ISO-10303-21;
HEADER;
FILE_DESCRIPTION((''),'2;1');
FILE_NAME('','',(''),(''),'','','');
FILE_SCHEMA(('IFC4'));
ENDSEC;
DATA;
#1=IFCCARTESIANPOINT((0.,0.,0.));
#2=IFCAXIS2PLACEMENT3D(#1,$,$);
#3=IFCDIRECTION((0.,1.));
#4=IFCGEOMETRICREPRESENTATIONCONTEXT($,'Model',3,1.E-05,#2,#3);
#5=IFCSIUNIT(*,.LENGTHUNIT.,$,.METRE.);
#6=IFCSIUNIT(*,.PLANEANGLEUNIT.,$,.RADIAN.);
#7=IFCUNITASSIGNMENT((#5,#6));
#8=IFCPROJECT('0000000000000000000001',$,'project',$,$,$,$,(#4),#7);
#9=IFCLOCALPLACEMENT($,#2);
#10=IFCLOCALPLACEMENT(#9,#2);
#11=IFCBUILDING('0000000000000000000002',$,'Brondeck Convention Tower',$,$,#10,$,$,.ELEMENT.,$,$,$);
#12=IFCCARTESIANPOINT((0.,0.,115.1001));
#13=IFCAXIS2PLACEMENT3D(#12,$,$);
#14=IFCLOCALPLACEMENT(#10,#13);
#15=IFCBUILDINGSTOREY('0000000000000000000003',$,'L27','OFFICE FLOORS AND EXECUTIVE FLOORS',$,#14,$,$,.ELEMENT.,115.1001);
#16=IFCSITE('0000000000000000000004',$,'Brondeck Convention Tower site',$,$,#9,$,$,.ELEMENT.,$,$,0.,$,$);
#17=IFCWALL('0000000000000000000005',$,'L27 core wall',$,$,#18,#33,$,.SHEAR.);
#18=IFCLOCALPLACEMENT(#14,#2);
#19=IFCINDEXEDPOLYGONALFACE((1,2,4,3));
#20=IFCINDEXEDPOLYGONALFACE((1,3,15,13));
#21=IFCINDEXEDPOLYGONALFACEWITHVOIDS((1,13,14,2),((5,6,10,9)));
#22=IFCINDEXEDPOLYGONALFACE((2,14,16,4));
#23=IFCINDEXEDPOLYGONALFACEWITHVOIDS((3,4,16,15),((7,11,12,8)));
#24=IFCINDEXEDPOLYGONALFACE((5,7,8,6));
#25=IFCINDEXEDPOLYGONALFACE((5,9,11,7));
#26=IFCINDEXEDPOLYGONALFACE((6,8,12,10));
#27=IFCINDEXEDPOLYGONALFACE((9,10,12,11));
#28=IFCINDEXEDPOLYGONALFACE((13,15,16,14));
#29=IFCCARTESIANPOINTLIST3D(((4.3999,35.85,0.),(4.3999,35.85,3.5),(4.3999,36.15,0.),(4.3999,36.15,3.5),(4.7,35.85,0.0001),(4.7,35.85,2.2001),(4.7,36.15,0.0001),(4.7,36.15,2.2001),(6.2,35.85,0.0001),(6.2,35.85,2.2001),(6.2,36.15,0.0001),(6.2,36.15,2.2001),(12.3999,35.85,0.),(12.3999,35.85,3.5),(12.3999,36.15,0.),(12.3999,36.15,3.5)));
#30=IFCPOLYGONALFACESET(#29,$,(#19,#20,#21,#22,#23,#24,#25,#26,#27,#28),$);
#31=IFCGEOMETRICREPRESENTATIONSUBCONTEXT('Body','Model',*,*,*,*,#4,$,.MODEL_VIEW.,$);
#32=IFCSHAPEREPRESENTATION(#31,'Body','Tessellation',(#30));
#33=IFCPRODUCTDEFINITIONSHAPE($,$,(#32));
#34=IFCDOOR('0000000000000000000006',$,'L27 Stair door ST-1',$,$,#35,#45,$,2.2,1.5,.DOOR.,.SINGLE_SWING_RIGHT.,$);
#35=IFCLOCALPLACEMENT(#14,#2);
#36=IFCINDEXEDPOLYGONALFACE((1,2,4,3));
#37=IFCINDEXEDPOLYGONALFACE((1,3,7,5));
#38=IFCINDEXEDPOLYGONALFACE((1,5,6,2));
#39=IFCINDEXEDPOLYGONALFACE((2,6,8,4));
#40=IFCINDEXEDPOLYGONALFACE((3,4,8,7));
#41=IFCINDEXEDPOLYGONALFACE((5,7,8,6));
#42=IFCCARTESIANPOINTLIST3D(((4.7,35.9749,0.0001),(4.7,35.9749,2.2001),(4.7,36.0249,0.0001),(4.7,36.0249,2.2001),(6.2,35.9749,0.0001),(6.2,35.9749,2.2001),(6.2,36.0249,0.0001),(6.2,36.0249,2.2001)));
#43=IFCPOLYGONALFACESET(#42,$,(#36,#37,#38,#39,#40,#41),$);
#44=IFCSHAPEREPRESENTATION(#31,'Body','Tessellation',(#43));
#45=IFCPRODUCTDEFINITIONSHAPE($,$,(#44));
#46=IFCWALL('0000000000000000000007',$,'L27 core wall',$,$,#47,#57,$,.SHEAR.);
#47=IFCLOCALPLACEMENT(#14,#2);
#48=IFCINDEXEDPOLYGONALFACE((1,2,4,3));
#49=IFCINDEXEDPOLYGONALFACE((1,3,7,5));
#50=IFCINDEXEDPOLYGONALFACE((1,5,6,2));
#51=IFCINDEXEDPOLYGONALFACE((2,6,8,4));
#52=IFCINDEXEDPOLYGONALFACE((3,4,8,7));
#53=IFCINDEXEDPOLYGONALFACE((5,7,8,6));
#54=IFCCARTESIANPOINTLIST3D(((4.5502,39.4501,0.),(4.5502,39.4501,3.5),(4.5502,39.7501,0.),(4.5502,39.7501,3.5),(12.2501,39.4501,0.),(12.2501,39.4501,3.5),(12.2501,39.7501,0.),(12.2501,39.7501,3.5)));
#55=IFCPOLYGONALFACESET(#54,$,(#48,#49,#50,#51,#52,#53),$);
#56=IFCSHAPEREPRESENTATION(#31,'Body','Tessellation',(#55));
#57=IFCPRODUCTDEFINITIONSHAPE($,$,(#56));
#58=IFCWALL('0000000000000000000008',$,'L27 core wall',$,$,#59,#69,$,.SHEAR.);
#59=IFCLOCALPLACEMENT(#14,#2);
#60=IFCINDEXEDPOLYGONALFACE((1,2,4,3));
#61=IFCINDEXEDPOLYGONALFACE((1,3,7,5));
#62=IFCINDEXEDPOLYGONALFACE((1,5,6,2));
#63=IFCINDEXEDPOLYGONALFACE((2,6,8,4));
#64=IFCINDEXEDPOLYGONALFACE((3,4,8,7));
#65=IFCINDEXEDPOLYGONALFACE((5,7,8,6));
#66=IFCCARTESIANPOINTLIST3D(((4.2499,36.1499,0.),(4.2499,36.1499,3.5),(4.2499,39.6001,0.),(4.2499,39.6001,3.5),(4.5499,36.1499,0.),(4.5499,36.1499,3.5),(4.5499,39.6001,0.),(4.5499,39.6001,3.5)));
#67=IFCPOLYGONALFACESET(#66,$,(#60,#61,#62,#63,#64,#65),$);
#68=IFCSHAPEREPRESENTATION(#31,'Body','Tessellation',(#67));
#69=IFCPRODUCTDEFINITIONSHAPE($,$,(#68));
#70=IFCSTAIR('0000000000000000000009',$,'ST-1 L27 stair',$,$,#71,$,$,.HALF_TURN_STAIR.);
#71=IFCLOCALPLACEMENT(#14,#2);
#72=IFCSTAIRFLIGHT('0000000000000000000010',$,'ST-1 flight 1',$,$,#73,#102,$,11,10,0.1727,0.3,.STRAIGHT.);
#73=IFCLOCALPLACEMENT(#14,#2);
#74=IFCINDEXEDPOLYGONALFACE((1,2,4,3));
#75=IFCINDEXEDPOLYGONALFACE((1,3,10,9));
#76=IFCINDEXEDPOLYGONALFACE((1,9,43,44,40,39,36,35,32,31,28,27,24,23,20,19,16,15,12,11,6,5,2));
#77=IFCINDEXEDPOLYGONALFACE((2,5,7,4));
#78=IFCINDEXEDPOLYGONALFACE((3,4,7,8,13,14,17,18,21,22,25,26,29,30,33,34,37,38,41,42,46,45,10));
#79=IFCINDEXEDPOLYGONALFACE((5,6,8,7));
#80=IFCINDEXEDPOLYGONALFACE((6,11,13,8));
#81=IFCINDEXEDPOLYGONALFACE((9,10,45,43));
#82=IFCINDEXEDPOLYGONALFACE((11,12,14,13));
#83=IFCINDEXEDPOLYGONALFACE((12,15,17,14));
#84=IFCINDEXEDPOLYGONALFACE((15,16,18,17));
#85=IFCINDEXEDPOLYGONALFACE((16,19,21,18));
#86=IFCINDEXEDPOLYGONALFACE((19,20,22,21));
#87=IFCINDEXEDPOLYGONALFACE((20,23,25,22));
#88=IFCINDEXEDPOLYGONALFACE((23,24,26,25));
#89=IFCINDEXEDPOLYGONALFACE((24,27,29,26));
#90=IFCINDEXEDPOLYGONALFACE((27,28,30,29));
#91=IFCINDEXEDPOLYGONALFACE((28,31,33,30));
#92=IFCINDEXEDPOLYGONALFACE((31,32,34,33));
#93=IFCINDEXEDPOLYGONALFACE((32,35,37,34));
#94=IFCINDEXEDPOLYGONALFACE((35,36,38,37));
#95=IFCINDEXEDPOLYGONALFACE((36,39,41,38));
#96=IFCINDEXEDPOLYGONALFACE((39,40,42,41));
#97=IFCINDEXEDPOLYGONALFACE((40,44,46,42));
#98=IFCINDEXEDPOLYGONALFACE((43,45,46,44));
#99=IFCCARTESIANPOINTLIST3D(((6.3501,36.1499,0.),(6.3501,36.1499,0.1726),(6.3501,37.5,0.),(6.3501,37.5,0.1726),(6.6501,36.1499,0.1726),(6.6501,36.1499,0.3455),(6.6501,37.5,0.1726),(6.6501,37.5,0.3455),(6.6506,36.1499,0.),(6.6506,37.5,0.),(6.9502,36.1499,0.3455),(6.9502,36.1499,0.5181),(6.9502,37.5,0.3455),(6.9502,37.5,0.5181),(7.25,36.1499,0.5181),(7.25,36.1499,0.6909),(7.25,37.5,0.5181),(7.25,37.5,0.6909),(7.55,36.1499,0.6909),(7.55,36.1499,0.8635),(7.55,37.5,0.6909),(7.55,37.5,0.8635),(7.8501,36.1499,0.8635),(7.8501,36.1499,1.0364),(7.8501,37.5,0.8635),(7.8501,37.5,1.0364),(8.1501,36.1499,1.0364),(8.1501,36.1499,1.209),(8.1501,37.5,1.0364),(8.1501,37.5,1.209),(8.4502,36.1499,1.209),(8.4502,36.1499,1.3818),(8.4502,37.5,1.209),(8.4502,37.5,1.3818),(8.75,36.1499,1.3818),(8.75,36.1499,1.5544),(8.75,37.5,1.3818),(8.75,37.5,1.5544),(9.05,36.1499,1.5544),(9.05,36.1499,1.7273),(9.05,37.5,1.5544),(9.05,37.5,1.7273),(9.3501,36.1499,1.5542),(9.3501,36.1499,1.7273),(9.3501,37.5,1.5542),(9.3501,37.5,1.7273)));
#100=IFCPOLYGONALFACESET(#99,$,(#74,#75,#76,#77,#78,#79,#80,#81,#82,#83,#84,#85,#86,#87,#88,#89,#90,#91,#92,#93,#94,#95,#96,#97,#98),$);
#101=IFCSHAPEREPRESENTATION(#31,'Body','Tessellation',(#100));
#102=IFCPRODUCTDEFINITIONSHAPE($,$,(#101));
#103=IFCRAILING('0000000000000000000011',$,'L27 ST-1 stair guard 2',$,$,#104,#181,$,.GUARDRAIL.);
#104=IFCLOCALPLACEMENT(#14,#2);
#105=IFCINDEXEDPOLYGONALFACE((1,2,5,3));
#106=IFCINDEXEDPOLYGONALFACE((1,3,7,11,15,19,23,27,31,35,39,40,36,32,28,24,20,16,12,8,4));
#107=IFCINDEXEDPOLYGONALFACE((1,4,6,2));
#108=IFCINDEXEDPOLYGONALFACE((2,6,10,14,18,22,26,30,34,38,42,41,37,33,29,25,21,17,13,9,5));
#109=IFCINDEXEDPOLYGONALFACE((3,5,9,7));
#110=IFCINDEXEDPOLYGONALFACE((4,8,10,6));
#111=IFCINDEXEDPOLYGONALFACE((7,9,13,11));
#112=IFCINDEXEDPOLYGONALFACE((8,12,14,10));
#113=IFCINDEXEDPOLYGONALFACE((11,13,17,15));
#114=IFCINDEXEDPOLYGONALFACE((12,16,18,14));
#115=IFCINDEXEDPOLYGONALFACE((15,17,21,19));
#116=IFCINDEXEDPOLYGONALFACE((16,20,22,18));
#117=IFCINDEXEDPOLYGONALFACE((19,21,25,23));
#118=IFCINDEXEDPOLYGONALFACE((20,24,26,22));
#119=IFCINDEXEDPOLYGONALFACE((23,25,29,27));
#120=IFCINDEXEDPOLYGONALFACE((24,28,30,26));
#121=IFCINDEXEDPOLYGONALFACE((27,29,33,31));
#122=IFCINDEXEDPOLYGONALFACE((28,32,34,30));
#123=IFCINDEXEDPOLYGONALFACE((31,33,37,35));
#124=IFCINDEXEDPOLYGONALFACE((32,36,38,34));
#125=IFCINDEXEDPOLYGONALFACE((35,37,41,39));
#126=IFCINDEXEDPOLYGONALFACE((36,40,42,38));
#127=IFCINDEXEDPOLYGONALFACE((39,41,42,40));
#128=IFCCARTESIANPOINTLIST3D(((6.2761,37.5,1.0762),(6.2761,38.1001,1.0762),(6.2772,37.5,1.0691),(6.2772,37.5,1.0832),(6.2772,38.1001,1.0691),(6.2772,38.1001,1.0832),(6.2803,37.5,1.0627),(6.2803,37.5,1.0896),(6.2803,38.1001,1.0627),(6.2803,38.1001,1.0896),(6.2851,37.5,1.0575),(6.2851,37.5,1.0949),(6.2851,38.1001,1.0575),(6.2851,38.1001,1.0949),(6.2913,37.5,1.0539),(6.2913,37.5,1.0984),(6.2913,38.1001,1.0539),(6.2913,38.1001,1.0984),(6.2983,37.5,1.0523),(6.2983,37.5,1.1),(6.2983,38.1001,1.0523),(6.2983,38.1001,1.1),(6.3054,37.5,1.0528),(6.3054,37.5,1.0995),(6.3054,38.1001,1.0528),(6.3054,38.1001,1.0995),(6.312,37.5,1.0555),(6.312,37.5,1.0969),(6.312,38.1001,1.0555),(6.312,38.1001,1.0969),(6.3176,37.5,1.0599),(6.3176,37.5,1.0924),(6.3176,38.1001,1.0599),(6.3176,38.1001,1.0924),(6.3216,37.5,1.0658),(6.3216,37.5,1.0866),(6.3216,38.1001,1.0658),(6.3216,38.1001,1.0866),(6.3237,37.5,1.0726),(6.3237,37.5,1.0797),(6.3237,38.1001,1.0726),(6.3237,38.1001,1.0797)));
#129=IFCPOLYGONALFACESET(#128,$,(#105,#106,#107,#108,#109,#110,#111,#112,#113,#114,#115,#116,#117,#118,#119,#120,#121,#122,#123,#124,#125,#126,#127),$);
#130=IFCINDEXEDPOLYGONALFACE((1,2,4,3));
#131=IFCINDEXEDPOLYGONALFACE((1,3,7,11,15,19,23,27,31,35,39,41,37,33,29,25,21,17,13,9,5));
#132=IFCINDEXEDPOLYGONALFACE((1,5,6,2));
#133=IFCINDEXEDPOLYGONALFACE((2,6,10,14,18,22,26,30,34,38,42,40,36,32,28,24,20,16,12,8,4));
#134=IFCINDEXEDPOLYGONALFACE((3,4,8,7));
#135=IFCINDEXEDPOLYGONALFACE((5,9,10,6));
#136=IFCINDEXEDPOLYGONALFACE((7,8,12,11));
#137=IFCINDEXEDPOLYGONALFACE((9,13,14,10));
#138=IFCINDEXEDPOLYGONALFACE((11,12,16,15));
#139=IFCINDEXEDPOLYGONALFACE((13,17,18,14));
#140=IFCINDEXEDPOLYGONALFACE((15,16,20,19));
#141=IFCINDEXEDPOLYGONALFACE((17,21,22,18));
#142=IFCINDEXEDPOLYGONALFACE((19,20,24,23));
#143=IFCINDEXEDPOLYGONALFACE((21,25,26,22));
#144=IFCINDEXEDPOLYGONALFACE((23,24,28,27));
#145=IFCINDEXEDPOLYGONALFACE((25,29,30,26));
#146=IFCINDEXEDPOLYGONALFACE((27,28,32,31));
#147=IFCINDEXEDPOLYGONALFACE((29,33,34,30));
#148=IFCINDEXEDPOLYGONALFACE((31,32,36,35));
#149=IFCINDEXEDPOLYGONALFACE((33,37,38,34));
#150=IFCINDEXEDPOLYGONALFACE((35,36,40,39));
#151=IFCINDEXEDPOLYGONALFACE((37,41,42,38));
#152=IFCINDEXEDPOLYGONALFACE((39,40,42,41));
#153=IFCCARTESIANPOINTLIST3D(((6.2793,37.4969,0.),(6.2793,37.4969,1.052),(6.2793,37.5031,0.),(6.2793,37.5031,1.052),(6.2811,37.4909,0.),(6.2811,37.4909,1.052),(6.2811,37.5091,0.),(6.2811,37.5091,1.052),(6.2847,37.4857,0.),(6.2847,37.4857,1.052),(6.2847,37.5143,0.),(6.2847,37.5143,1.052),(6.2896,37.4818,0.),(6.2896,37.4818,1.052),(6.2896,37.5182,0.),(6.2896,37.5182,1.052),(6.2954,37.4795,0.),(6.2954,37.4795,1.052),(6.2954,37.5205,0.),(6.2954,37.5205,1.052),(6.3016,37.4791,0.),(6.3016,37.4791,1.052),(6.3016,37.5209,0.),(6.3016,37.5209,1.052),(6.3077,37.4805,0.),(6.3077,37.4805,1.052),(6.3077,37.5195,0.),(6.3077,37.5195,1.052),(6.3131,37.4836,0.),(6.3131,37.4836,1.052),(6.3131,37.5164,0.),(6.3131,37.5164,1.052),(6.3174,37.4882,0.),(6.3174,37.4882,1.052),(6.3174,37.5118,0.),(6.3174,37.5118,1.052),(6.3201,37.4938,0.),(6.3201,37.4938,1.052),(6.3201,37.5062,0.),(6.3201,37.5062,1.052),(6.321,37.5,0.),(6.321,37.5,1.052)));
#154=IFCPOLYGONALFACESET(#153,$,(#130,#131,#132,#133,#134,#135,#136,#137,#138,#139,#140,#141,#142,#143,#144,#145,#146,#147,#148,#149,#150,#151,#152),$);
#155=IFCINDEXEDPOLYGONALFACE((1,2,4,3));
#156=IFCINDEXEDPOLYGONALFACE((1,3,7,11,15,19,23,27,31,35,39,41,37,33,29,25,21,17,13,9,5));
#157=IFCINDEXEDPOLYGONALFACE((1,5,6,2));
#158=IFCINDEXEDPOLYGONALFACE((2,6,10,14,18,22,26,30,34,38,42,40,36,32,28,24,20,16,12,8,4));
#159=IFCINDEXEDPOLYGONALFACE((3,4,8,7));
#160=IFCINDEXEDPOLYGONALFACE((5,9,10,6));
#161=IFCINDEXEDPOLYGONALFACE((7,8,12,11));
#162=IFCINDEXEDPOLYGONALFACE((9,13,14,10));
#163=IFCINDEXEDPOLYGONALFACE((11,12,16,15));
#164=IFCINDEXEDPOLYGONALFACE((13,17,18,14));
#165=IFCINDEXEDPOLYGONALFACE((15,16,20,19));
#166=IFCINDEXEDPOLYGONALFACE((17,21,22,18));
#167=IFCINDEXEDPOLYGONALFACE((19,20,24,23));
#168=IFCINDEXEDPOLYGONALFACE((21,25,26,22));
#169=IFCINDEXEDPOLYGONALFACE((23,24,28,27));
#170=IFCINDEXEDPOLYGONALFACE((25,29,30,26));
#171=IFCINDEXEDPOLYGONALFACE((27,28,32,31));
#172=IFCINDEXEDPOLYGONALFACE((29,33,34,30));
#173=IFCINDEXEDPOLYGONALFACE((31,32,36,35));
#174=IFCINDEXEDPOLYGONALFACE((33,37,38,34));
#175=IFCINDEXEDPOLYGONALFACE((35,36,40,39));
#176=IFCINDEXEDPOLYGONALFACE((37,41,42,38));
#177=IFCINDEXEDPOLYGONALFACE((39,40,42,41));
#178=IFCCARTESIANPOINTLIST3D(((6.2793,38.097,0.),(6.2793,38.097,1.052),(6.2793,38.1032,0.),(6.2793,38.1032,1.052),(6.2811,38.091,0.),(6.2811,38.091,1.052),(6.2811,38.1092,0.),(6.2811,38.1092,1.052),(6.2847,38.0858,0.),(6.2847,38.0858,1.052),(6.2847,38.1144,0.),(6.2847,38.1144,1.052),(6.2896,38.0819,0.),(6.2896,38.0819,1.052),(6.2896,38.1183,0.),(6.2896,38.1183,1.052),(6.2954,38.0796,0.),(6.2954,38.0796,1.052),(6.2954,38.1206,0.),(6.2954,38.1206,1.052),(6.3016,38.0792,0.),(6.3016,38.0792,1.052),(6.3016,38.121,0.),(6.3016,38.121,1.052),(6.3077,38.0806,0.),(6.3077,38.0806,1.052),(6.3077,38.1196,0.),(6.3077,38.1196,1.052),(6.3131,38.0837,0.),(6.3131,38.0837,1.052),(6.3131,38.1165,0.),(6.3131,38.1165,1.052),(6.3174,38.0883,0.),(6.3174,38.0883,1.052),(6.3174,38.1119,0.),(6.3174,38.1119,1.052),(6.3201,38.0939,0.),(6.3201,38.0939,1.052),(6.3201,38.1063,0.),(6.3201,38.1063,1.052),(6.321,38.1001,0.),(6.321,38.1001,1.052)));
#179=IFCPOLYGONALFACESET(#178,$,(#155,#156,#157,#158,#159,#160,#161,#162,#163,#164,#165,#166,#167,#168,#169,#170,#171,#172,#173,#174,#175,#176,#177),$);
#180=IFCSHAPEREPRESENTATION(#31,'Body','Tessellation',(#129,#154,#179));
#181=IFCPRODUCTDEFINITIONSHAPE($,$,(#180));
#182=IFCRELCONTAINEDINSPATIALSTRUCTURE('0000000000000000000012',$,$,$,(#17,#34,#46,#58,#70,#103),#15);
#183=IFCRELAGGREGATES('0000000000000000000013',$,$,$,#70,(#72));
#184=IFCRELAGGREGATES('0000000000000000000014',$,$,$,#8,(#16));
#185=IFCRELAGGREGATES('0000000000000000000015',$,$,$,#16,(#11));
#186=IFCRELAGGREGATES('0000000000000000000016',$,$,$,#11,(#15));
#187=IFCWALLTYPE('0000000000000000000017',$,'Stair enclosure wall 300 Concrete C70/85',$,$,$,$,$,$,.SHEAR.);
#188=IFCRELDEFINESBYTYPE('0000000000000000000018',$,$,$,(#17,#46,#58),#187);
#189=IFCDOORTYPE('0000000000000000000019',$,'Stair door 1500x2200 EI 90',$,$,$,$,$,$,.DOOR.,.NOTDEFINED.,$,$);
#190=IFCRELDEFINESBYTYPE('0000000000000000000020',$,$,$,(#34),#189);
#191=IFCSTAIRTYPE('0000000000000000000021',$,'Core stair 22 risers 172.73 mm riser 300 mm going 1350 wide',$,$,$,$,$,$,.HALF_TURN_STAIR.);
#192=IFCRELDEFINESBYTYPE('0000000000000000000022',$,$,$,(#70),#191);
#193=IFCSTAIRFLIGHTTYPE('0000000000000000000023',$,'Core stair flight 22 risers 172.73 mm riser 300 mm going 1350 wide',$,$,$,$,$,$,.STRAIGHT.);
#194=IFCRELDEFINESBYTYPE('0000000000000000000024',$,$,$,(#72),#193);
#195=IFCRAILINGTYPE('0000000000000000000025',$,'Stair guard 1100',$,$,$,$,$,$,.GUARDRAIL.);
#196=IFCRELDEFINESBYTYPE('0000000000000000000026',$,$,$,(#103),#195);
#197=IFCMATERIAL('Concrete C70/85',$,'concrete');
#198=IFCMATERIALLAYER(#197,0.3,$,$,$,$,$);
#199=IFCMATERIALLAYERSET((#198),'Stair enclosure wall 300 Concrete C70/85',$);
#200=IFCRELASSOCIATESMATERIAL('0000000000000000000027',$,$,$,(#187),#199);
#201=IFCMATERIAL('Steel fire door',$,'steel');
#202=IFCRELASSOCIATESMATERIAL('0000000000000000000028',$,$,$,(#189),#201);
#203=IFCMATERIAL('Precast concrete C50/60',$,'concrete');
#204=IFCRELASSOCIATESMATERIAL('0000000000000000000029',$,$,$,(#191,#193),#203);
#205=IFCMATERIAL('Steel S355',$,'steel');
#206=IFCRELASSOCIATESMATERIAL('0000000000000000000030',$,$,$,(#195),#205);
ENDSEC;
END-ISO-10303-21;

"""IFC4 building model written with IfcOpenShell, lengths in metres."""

from ifc_helpers import new_model, si_unit, direction, frame, frame_2d, origin, origin_2d, place, context, subcontext, project, spatial, polyline, rectangle, circle, outline, extrude, material, layer, layer_set, type_object, element, fill, aggregate, save


model = new_model("IFC4")

# Units and contexts
model_context = context("Model", 3, precision=1e-05, world=origin(), true_north=direction((0.0, 1.0)))
body_context = subcontext(model_context, "Body", "Model", "MODEL_VIEW")
ifc_project = project(units=[si_unit("LENGTHUNIT", "METRE"), si_unit("PLANEANGLEUNIT", "RADIAN")], contexts=[model_context])

# Site, building, storey
site_placement = place(None, origin())
site = spatial("IfcSite", under=ifc_project, at=site_placement, Name="Brondeck Convention Tower site", CompositionType="ELEMENT", RefElevation=0.0)
building_placement = place(site_placement, origin())
building = spatial("IfcBuilding", under=site, at=building_placement, Name="Brondeck Convention Tower", CompositionType="ELEMENT")
storey_placement = place(building_placement, frame((0.0, 0.0, 115.1001)))
storey = spatial("IfcBuildingStorey", under=building, at=storey_placement, Name="L27", Description="OFFICE FLOORS AND EXECUTIVE FLOORS", CompositionType="ELEMENT", Elevation=115.1001)

# Shared definitions
ifc_material_1 = material(Name="Concrete C70/85", Category="concrete")

# Shared definitions
ifc_material_2 = material(Name="Steel fire door", Category="steel")

# Wall, opening, door
ifc_layer_1 = layer(ifc_material_1, 0.3)
ifc_layer_set_1 = layer_set([ifc_layer_1], Name="Stair enclosure wall 300 Concrete C70/85")
wall_type_1 = type_object("IfcWallType", Name="Stair enclosure wall 300 Concrete C70/85", PredefinedType="SHEAR", material=ifc_layer_set_1)
wall_1_placement = place(storey_placement, frame((4.3999, 36.0, 0.0), z_axis=(0.0, 0.0, 1.0), x_axis=(1.0, 0.0, 0.0)))
wall_1 = element("IfcWall", 1, at=wall_1_placement, inside=storey, type_object=wall_type_1, Name="L27 core wall", PredefinedType="SHEAR", context=body_context, shape_type="SweptSolid", body=[
    extrude(rectangle(XDim=8.0, YDim=0.3, at=frame_2d((4.0, 0.0))), origin(), (0.0, 0.0, 1.0), 3.5),
])
opening_1_placement = place(wall_1_placement, frame((0.3, 0.0, 0.0)))
opening_1 = element("IfcOpeningElement", 2, at=opening_1_placement, cuts=wall_1, PredefinedType="OPENING", context=body_context, shape_type="SweptSolid", body=[
    extrude(rectangle(XDim=1.5, YDim=2.2, at=frame_2d((0.75, 1.1001))), frame((0.0, 0.1599, 0.0), z_axis=(0.0, -1.0, 0.0), x_axis=(1.0, 0.0, 0.0)), (0.0, 0.0, 1.0), 0.3201),
])
door_type_1 = type_object("IfcDoorType", Name="Stair door 1500x2200 EI 90", OperationType="NOTDEFINED", PredefinedType="DOOR", material=ifc_material_2)
door_1_placement = place(opening_1_placement, origin())
door_1 = element("IfcDoor", 3, at=door_1_placement, inside=storey, type_object=door_type_1, Name="L27 Stair door ST-1", OperationType="SINGLE_SWING_RIGHT", OverallHeight=2.2, OverallWidth=1.5, PredefinedType="DOOR", context=body_context, shape_type="SweptSolid", body=[
    extrude(rectangle(XDim=1.5, YDim=2.2, at=frame_2d((0.75, 1.1001))), frame((0.0, 0.0249, 0.0), z_axis=(0.0, -1.0, 0.0), x_axis=(1.0, 0.0, 0.0)), (0.0, 0.0, 1.0), 0.05),
])
fill(opening_1, door_1)

# Walls
wall_2_placement = place(storey_placement, frame((4.55, 39.6001, 0.0), z_axis=(0.0, 0.0, 1.0), x_axis=(1.0, 0.0, 0.0)))
element("IfcWall", 4, at=wall_2_placement, inside=storey, type_object=wall_type_1, Name="L27 core wall", PredefinedType="SHEAR", context=body_context, shape_type="SweptSolid", body=[
    extrude(rectangle(XDim=7.7, YDim=0.3, at=frame_2d((3.8501, 0.0))), origin(), (0.0, 0.0, 1.0), 3.5),
])
wall_3_placement = place(storey_placement, frame((4.3999, 36.1499, 0.0), z_axis=(0.0, 0.0, 1.0), x_axis=(0.0, 1.0, 0.0)))
element("IfcWall", 5, at=wall_3_placement, inside=storey, type_object=wall_type_1, Name="L27 core wall", PredefinedType="SHEAR", context=body_context, shape_type="SweptSolid", body=[
    extrude(rectangle(XDim=3.4502, YDim=0.3, at=frame_2d((1.7251, 0.0))), origin(), (0.0, 0.0, 1.0), 3.5),
])

# Stair, stair flight
ifc_material_3 = material(Name="Precast concrete C50/60", Category="concrete")
stair_type = type_object("IfcStairType", Name="Core stair 22 risers 172.73 mm riser 300 mm going 1350 wide", PredefinedType="HALF_TURN_STAIR", material=ifc_material_3)
stair_placement = place(storey_placement, origin())
stair = element("IfcStair", 6, at=stair_placement, inside=storey, type_object=stair_type, Name="ST-1 L27 stair", PredefinedType="HALF_TURN_STAIR")
stair_flight_type = type_object("IfcStairFlightType", Name="Core stair flight 22 risers 172.73 mm riser 300 mm going 1350 wide", PredefinedType="STRAIGHT", material=ifc_material_3)
stair_flight_placement = place(storey_placement, frame((6.3501, 36.825, 0.0), z_axis=(0.0, 0.0, 1.0), x_axis=(1.0, 0.0, 0.0)))
stair_flight = element("IfcStairFlight", 7, at=stair_flight_placement, type_object=stair_flight_type, Name="ST-1 flight 1", NumberOfRisers=11, NumberOfTreads=10, PredefinedType="STRAIGHT", RiserHeight=0.1727, TreadLength=0.3, context=body_context, shape_type="SweptSolid", body=[
    extrude(outline(polyline([(0.0, 0.0), (0.0, 0.1726), (0.3, 0.1726), (0.3, 0.3455), (0.6001, 0.3455), (0.6001, 0.5181), (0.8999, 0.5181), (0.8999, 0.6909), (1.2, 0.6909), (1.2, 0.8635), (1.5, 0.8635), (1.5, 1.0364), (1.8, 1.0364), (1.8, 1.209), (2.1001, 1.209), (2.1001, 1.3818), (2.3999, 1.3818), (2.3999, 1.5544), (2.7, 1.5544), (2.7, 1.7273), (3.0, 1.7273), (3.0, 1.8999), (3.0, 1.5542), (0.3005, 0.0), (0.0, 0.0)])), frame((0.0, 0.675, 0.0), z_axis=(0.0, -1.0, 0.0), x_axis=(1.0, 0.0, 0.0)), (0.0, 0.0, 1.0), 1.3501),
])
aggregate(stair, [stair_flight])

# Railing
ifc_material_4 = material(Name="Steel S355", Category="steel")
railing_type_1 = type_object("IfcRailingType", Name="Stair guard 1100", PredefinedType="GUARDRAIL", material=ifc_material_4)
railing_1_placement = place(storey_placement, frame((6.3, 37.5, 0.0)))
element("IfcRailing", 8, at=railing_1_placement, inside=storey, type_object=railing_type_1, Name="L27 ST-1 stair guard 2", PredefinedType="GUARDRAIL", context=body_context, shape_type="SweptSolid", body=[
    extrude(circle(Radius=0.0239, at=origin_2d()), frame((0.0, 0.0, 1.0762), z_axis=(0.0, 1.0, 0.0), x_axis=(-1.0, 0.0, 0.0)), (0.0, 0.0, 1.0), 0.6001),
    extrude(circle(Radius=0.021, at=origin_2d()), origin(), (0.0, 0.0, 1.0), 1.052),
    extrude(circle(Radius=0.021, at=origin_2d()), frame((0.0, 0.6001, 0.0)), (0.0, 0.0, 1.0), 1.052),
])

save(model, "model.ifc")
